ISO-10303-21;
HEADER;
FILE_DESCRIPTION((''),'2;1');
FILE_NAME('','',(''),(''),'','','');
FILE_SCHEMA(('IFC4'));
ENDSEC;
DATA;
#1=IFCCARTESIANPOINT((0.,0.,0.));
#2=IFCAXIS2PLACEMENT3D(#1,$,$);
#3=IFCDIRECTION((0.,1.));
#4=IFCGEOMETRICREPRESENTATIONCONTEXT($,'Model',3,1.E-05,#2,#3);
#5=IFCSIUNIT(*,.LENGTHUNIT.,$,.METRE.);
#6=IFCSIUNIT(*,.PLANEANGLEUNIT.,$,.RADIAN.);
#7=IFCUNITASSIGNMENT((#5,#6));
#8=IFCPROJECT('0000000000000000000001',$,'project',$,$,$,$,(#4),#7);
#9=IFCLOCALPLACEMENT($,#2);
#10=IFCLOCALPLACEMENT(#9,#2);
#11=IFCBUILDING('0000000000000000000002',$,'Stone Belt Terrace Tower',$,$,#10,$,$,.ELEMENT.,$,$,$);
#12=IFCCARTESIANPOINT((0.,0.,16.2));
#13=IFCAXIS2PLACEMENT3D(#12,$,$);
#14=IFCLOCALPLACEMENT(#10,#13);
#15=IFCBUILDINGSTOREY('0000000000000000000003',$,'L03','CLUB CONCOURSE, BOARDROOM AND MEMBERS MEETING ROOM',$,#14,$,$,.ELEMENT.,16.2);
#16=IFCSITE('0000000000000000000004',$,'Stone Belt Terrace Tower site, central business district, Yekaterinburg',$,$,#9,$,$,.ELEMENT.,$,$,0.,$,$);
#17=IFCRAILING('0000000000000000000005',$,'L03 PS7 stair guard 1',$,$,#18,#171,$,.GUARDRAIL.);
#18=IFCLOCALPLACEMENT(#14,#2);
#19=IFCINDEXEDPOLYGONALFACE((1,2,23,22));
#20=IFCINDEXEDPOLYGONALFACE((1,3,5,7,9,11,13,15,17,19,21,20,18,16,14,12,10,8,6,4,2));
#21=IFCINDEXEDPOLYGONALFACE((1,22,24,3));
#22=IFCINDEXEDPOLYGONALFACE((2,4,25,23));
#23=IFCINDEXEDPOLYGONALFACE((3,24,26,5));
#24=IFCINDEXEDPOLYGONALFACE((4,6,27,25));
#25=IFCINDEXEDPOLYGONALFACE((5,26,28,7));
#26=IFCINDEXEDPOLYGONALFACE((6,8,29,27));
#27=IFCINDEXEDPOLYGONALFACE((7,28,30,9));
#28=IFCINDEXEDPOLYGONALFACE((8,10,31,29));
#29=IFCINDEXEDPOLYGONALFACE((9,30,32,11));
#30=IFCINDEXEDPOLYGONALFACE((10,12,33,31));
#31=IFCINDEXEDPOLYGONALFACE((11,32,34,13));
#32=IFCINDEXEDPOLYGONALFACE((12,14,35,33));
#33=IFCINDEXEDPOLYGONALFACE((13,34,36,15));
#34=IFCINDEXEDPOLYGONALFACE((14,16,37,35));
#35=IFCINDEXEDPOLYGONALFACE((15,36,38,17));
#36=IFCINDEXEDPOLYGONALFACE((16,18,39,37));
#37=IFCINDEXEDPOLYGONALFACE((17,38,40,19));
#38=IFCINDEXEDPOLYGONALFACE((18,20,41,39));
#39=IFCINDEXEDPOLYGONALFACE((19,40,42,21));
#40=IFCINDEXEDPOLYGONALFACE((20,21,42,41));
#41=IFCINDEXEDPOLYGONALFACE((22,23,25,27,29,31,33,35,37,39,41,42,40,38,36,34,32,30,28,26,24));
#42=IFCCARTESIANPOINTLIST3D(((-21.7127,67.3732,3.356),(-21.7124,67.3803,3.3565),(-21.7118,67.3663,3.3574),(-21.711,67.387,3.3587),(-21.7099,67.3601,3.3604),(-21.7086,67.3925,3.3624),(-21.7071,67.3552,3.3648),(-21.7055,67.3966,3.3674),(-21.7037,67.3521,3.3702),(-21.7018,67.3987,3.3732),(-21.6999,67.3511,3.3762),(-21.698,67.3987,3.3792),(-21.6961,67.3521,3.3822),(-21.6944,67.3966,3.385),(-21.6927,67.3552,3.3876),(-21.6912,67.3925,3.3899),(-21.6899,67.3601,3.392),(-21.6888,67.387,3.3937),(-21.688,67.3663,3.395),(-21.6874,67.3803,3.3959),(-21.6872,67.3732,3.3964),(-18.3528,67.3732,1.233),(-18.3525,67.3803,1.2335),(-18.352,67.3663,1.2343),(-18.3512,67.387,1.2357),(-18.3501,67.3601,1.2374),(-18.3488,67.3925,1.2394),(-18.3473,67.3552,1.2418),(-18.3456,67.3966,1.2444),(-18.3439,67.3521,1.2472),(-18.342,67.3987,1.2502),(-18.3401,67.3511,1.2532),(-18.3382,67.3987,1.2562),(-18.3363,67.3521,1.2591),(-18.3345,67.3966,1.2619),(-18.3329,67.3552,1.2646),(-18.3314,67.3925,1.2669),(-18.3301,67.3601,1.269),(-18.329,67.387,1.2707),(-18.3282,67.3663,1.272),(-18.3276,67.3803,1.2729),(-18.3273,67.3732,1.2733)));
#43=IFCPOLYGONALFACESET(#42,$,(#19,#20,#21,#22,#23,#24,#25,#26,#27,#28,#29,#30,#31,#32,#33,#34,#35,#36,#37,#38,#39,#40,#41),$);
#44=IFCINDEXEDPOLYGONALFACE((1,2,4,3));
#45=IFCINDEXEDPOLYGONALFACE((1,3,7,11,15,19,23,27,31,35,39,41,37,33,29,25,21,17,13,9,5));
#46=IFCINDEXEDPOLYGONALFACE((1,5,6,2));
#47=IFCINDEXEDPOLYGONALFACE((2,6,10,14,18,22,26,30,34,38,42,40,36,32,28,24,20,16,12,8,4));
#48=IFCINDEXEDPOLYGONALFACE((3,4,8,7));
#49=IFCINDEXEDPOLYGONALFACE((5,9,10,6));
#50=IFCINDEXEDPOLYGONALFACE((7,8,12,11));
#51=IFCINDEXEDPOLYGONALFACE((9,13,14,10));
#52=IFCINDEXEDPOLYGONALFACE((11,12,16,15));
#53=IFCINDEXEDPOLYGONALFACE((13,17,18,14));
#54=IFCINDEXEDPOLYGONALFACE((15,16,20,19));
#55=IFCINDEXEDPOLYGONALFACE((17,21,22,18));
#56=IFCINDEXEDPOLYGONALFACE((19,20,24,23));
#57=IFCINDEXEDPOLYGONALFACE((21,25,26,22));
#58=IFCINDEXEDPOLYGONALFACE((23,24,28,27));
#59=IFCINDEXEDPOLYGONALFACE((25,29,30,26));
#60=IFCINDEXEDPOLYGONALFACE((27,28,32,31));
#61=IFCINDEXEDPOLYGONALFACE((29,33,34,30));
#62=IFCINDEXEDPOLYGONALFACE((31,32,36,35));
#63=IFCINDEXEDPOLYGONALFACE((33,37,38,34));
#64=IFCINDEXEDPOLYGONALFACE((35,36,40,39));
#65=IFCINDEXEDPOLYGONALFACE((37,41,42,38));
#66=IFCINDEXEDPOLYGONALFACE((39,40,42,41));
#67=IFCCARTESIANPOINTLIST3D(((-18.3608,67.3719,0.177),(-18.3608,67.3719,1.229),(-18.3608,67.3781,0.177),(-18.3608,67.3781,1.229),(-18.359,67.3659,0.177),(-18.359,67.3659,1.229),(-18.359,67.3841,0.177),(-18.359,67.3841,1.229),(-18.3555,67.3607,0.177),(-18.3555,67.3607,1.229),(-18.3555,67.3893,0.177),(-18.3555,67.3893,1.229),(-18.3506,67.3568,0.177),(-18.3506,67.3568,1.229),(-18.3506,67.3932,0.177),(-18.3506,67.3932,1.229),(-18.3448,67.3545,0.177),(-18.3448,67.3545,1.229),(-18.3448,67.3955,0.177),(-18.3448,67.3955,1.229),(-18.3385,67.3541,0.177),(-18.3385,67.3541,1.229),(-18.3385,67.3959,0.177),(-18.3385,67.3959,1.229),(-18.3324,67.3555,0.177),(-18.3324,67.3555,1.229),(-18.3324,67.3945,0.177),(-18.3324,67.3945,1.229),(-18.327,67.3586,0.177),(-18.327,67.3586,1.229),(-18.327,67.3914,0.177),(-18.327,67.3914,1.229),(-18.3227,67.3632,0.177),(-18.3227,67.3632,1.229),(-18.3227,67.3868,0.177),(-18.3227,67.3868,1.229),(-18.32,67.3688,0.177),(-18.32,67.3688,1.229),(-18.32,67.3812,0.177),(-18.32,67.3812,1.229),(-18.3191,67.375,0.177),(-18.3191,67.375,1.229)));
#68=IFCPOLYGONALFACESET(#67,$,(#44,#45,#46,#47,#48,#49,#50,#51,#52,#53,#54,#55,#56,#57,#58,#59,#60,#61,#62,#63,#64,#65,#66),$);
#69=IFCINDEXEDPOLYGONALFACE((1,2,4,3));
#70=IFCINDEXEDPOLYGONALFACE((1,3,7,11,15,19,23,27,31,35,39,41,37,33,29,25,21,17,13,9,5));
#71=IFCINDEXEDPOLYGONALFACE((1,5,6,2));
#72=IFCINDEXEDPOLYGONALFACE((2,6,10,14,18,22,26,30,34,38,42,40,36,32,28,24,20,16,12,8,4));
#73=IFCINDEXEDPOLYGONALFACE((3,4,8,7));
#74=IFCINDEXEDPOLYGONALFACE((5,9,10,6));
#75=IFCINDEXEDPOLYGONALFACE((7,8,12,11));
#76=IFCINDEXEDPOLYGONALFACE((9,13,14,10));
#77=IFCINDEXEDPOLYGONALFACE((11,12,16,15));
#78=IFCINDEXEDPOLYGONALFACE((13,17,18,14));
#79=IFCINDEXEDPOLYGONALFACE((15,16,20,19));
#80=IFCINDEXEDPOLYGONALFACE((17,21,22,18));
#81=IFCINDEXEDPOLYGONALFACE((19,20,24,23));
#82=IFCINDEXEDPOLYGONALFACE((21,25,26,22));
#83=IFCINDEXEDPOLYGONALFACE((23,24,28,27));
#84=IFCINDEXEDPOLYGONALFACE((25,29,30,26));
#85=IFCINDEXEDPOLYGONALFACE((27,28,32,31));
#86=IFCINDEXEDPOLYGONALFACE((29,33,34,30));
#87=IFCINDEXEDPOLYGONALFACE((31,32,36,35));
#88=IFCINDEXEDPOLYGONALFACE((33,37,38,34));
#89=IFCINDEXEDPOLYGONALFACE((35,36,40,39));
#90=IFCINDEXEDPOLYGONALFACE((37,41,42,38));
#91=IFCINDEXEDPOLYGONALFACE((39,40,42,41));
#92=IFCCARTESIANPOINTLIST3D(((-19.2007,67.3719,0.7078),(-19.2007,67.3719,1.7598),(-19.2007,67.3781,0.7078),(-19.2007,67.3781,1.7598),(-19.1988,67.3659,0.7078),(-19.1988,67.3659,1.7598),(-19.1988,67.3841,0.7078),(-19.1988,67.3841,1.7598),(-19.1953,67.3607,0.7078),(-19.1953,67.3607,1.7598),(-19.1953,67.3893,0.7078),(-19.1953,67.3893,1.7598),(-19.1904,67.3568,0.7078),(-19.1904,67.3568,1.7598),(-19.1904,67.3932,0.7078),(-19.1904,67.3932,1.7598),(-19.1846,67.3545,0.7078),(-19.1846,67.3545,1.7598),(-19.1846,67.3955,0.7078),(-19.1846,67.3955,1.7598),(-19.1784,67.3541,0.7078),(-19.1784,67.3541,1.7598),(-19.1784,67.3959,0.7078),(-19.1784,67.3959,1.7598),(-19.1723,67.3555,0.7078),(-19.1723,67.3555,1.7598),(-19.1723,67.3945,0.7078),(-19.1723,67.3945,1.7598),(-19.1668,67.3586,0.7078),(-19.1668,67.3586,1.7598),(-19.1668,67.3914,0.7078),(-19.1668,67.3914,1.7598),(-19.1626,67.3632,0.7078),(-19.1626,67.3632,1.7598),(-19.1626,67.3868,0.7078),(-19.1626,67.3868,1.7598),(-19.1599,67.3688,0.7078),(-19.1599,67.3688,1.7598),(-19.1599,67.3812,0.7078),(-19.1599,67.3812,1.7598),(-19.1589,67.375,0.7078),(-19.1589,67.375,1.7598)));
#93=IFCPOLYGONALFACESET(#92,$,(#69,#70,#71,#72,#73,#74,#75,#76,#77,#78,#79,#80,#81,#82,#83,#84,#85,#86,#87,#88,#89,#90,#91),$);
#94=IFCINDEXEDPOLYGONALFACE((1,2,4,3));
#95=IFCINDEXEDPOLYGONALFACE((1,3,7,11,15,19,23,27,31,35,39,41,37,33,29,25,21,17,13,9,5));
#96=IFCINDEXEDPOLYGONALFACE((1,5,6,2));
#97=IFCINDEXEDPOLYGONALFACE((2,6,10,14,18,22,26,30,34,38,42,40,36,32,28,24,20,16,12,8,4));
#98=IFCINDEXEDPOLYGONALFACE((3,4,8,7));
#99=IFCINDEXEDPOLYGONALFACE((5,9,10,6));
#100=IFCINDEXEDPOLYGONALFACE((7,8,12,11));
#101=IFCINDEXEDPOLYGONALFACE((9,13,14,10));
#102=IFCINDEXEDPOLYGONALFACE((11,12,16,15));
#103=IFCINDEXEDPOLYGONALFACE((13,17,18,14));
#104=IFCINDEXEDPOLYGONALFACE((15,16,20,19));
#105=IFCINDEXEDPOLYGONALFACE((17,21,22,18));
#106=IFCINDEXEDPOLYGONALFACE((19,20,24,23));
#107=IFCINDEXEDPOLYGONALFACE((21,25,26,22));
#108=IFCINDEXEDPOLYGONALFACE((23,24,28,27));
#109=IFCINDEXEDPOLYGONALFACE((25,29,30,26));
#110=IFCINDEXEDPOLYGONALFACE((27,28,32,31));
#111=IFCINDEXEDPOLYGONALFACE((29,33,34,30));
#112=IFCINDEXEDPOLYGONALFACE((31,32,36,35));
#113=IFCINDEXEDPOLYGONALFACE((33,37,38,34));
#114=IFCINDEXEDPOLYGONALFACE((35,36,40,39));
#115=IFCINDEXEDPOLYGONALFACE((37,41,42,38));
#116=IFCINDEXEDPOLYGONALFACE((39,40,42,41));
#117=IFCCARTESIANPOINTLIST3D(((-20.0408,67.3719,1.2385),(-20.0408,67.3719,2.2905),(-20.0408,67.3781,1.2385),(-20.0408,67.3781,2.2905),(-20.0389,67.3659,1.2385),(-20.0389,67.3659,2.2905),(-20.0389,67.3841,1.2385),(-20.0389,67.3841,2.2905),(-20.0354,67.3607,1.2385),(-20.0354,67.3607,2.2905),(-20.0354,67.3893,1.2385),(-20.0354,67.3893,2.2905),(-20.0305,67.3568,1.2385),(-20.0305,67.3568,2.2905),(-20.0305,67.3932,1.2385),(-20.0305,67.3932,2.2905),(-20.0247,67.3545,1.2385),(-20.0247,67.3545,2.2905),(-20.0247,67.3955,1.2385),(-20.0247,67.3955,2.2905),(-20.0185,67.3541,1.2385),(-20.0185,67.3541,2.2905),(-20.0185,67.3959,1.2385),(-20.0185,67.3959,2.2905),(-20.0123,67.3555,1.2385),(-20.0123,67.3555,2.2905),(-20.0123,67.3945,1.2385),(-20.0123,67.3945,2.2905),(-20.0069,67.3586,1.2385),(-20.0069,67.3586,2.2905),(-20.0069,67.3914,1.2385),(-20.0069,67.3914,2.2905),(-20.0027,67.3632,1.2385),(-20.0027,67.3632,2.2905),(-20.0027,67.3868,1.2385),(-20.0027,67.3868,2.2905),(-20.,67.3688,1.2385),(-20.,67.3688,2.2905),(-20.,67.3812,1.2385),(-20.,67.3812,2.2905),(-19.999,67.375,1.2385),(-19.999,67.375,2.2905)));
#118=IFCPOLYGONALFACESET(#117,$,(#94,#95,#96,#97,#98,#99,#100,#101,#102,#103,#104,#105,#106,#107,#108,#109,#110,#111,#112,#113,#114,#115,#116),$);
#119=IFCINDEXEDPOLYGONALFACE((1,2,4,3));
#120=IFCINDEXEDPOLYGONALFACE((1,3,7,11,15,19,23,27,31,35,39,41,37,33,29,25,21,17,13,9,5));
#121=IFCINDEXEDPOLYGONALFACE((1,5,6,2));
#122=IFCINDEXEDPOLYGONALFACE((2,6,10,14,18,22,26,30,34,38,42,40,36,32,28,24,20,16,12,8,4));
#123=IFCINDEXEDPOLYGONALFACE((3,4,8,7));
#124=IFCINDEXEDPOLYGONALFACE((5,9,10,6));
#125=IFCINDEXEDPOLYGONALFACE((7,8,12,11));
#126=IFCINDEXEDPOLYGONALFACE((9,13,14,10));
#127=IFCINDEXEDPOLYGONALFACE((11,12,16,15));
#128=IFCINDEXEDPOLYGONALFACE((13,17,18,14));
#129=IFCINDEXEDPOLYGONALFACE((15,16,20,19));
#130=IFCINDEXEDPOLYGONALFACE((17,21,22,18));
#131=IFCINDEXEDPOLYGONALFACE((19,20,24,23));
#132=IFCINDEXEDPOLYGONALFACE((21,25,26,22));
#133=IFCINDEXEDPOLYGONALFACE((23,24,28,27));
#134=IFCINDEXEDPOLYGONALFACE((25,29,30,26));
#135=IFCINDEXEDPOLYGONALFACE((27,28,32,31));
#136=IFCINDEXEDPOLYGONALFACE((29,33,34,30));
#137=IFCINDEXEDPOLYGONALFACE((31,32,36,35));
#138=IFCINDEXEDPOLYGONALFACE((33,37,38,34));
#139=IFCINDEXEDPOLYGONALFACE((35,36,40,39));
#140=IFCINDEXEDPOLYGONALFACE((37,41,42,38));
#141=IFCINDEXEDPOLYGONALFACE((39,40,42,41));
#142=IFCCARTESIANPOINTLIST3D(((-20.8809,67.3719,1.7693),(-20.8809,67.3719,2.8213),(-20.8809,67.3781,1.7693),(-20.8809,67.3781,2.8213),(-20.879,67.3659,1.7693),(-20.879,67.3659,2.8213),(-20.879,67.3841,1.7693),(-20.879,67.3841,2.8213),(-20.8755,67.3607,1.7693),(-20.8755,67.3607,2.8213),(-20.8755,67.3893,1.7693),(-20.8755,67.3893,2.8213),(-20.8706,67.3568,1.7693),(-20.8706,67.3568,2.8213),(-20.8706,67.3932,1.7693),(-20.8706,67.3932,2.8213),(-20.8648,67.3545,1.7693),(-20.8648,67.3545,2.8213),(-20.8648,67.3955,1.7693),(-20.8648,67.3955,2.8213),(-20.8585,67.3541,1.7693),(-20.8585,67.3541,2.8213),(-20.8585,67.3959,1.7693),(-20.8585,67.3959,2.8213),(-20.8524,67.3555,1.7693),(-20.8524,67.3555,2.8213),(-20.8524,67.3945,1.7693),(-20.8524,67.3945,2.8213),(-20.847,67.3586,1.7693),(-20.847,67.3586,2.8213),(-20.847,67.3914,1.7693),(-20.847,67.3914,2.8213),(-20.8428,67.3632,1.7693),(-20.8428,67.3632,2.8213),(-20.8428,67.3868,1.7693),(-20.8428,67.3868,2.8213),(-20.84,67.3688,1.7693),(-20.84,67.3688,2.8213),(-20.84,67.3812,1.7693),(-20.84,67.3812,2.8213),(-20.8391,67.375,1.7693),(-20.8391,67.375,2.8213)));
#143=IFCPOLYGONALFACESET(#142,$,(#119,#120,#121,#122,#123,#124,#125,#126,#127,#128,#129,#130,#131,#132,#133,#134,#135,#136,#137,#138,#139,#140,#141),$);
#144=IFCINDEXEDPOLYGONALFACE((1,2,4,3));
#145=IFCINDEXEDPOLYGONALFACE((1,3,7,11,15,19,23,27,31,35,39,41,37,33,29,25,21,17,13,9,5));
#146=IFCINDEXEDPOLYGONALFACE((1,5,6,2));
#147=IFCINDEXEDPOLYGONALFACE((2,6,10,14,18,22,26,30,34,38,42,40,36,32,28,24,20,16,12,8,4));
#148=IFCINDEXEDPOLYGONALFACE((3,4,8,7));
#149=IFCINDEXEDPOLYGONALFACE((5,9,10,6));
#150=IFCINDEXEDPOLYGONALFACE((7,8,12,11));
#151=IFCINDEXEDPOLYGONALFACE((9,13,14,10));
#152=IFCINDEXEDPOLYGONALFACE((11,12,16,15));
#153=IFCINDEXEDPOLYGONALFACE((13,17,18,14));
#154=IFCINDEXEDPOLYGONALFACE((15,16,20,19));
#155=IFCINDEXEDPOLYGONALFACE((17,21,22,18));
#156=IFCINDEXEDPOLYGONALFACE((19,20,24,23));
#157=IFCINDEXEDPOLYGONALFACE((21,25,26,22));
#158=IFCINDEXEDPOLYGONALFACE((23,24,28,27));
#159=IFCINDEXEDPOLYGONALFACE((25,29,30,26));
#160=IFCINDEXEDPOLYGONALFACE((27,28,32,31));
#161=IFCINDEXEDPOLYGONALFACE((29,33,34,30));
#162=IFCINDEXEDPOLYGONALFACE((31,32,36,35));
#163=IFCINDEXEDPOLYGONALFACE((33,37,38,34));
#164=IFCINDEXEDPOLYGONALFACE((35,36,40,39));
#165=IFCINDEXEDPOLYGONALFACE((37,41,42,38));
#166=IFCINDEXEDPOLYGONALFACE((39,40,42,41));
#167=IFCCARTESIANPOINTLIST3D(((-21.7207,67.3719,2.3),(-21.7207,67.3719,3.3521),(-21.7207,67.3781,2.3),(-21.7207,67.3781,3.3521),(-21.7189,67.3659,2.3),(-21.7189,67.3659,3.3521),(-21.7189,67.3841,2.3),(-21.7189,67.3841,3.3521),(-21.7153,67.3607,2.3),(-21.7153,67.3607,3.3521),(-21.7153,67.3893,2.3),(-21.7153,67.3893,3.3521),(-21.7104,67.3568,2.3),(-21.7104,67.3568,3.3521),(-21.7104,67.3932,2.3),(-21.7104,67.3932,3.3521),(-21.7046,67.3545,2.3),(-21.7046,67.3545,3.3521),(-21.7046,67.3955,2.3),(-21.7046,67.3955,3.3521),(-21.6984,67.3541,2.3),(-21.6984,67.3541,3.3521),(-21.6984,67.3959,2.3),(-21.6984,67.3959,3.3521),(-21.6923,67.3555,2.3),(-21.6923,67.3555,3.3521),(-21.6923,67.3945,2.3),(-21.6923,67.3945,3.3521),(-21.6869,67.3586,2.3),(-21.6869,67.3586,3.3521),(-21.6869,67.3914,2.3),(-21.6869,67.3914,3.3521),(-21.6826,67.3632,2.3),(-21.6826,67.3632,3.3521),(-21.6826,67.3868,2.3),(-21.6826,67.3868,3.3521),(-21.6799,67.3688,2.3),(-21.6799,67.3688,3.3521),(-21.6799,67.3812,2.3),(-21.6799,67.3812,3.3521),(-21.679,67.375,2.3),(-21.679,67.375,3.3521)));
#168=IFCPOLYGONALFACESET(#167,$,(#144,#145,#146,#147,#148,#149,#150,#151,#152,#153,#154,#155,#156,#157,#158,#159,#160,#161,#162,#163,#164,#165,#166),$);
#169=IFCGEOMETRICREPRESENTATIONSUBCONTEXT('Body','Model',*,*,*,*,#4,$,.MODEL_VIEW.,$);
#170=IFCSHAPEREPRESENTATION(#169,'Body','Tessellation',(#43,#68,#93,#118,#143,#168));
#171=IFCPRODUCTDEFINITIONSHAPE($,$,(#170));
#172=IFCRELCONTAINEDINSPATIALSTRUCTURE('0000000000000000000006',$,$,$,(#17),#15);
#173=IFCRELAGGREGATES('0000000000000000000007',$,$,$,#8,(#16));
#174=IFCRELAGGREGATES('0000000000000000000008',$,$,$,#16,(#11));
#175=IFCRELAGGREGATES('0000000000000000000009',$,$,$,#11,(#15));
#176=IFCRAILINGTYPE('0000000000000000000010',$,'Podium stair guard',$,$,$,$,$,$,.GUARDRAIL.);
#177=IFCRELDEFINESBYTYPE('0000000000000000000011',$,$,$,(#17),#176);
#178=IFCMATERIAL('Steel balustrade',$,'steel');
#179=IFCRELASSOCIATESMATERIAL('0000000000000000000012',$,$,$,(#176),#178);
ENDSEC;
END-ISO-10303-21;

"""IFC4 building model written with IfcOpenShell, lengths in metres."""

from ifc_helpers import new_model, si_unit, direction, frame, origin, origin_2d, place, context, subcontext, project, spatial, circle, extrude, material, type_object, element, save


model = new_model("IFC4")

# Units and contexts
model_context = context("Model", 3, precision=1e-05, world=origin(), true_north=direction((0.0, 1.0)))
body_context = subcontext(model_context, "Body", "Model", "MODEL_VIEW")
ifc_project = project(units=[si_unit("LENGTHUNIT", "METRE"), si_unit("PLANEANGLEUNIT", "RADIAN")], contexts=[model_context])

# Site, building, storey
site_placement = place(None, origin())
site = spatial("IfcSite", under=ifc_project, at=site_placement, Name="Stone Belt Terrace Tower site, central business district, Yekaterinburg", CompositionType="ELEMENT", RefElevation=0.0)
building_placement = place(site_placement, origin())
building = spatial("IfcBuilding", under=site, at=building_placement, Name="Stone Belt Terrace Tower", CompositionType="ELEMENT")
storey_placement = place(building_placement, frame((0.0, 0.0, 16.2)))
storey = spatial("IfcBuildingStorey", under=building, at=storey_placement, Name="L03", Description="CLUB CONCOURSE, BOARDROOM AND MEMBERS MEETING ROOM", CompositionType="ELEMENT", Elevation=16.2)

# Railing
ifc_material_1 = material(Name="Steel balustrade", Category="steel")
railing_type_1 = type_object("IfcRailingType", Name="Podium stair guard", PredefinedType="GUARDRAIL", material=ifc_material_1)
railing_1_placement = place(storey_placement, frame((-18.3401, 67.375, 0.177)))
element("IfcRailing", 1, at=railing_1_placement, inside=storey, type_object=railing_type_1, Name="L03 PS7 stair guard 1", PredefinedType="GUARDRAIL", context=body_context, shape_type="SweptSolid", body=[
    extrude(circle(Radius=0.0239, at=origin_2d()), frame((0.0, 0.0, 1.0762), z_axis=(-0.845372, 0.0, 0.534178), x_axis=(0.0, -1.0, 0.0)), (0.0, 0.0, 1.0), 3.9744),
    extrude(circle(Radius=0.021, at=origin_2d()), origin(), (0.0, 0.0, 1.0), 1.052),
    extrude(circle(Radius=0.021, at=origin_2d()), frame((-0.8398, 0.0, 0.5308)), (0.0, 0.0, 1.0), 1.052),
    extrude(circle(Radius=0.021, at=origin_2d()), frame((-1.6799, 0.0, 1.0615)), (0.0, 0.0, 1.0), 1.052),
    extrude(circle(Radius=0.021, at=origin_2d()), frame((-2.52, 0.0, 1.5923)), (0.0, 0.0, 1.0), 1.052),
    extrude(circle(Radius=0.021, at=origin_2d()), frame((-3.3599, 0.0, 2.123)), (0.0, 0.0, 1.0), 1.052),
])

save(model, "model.ifc")
